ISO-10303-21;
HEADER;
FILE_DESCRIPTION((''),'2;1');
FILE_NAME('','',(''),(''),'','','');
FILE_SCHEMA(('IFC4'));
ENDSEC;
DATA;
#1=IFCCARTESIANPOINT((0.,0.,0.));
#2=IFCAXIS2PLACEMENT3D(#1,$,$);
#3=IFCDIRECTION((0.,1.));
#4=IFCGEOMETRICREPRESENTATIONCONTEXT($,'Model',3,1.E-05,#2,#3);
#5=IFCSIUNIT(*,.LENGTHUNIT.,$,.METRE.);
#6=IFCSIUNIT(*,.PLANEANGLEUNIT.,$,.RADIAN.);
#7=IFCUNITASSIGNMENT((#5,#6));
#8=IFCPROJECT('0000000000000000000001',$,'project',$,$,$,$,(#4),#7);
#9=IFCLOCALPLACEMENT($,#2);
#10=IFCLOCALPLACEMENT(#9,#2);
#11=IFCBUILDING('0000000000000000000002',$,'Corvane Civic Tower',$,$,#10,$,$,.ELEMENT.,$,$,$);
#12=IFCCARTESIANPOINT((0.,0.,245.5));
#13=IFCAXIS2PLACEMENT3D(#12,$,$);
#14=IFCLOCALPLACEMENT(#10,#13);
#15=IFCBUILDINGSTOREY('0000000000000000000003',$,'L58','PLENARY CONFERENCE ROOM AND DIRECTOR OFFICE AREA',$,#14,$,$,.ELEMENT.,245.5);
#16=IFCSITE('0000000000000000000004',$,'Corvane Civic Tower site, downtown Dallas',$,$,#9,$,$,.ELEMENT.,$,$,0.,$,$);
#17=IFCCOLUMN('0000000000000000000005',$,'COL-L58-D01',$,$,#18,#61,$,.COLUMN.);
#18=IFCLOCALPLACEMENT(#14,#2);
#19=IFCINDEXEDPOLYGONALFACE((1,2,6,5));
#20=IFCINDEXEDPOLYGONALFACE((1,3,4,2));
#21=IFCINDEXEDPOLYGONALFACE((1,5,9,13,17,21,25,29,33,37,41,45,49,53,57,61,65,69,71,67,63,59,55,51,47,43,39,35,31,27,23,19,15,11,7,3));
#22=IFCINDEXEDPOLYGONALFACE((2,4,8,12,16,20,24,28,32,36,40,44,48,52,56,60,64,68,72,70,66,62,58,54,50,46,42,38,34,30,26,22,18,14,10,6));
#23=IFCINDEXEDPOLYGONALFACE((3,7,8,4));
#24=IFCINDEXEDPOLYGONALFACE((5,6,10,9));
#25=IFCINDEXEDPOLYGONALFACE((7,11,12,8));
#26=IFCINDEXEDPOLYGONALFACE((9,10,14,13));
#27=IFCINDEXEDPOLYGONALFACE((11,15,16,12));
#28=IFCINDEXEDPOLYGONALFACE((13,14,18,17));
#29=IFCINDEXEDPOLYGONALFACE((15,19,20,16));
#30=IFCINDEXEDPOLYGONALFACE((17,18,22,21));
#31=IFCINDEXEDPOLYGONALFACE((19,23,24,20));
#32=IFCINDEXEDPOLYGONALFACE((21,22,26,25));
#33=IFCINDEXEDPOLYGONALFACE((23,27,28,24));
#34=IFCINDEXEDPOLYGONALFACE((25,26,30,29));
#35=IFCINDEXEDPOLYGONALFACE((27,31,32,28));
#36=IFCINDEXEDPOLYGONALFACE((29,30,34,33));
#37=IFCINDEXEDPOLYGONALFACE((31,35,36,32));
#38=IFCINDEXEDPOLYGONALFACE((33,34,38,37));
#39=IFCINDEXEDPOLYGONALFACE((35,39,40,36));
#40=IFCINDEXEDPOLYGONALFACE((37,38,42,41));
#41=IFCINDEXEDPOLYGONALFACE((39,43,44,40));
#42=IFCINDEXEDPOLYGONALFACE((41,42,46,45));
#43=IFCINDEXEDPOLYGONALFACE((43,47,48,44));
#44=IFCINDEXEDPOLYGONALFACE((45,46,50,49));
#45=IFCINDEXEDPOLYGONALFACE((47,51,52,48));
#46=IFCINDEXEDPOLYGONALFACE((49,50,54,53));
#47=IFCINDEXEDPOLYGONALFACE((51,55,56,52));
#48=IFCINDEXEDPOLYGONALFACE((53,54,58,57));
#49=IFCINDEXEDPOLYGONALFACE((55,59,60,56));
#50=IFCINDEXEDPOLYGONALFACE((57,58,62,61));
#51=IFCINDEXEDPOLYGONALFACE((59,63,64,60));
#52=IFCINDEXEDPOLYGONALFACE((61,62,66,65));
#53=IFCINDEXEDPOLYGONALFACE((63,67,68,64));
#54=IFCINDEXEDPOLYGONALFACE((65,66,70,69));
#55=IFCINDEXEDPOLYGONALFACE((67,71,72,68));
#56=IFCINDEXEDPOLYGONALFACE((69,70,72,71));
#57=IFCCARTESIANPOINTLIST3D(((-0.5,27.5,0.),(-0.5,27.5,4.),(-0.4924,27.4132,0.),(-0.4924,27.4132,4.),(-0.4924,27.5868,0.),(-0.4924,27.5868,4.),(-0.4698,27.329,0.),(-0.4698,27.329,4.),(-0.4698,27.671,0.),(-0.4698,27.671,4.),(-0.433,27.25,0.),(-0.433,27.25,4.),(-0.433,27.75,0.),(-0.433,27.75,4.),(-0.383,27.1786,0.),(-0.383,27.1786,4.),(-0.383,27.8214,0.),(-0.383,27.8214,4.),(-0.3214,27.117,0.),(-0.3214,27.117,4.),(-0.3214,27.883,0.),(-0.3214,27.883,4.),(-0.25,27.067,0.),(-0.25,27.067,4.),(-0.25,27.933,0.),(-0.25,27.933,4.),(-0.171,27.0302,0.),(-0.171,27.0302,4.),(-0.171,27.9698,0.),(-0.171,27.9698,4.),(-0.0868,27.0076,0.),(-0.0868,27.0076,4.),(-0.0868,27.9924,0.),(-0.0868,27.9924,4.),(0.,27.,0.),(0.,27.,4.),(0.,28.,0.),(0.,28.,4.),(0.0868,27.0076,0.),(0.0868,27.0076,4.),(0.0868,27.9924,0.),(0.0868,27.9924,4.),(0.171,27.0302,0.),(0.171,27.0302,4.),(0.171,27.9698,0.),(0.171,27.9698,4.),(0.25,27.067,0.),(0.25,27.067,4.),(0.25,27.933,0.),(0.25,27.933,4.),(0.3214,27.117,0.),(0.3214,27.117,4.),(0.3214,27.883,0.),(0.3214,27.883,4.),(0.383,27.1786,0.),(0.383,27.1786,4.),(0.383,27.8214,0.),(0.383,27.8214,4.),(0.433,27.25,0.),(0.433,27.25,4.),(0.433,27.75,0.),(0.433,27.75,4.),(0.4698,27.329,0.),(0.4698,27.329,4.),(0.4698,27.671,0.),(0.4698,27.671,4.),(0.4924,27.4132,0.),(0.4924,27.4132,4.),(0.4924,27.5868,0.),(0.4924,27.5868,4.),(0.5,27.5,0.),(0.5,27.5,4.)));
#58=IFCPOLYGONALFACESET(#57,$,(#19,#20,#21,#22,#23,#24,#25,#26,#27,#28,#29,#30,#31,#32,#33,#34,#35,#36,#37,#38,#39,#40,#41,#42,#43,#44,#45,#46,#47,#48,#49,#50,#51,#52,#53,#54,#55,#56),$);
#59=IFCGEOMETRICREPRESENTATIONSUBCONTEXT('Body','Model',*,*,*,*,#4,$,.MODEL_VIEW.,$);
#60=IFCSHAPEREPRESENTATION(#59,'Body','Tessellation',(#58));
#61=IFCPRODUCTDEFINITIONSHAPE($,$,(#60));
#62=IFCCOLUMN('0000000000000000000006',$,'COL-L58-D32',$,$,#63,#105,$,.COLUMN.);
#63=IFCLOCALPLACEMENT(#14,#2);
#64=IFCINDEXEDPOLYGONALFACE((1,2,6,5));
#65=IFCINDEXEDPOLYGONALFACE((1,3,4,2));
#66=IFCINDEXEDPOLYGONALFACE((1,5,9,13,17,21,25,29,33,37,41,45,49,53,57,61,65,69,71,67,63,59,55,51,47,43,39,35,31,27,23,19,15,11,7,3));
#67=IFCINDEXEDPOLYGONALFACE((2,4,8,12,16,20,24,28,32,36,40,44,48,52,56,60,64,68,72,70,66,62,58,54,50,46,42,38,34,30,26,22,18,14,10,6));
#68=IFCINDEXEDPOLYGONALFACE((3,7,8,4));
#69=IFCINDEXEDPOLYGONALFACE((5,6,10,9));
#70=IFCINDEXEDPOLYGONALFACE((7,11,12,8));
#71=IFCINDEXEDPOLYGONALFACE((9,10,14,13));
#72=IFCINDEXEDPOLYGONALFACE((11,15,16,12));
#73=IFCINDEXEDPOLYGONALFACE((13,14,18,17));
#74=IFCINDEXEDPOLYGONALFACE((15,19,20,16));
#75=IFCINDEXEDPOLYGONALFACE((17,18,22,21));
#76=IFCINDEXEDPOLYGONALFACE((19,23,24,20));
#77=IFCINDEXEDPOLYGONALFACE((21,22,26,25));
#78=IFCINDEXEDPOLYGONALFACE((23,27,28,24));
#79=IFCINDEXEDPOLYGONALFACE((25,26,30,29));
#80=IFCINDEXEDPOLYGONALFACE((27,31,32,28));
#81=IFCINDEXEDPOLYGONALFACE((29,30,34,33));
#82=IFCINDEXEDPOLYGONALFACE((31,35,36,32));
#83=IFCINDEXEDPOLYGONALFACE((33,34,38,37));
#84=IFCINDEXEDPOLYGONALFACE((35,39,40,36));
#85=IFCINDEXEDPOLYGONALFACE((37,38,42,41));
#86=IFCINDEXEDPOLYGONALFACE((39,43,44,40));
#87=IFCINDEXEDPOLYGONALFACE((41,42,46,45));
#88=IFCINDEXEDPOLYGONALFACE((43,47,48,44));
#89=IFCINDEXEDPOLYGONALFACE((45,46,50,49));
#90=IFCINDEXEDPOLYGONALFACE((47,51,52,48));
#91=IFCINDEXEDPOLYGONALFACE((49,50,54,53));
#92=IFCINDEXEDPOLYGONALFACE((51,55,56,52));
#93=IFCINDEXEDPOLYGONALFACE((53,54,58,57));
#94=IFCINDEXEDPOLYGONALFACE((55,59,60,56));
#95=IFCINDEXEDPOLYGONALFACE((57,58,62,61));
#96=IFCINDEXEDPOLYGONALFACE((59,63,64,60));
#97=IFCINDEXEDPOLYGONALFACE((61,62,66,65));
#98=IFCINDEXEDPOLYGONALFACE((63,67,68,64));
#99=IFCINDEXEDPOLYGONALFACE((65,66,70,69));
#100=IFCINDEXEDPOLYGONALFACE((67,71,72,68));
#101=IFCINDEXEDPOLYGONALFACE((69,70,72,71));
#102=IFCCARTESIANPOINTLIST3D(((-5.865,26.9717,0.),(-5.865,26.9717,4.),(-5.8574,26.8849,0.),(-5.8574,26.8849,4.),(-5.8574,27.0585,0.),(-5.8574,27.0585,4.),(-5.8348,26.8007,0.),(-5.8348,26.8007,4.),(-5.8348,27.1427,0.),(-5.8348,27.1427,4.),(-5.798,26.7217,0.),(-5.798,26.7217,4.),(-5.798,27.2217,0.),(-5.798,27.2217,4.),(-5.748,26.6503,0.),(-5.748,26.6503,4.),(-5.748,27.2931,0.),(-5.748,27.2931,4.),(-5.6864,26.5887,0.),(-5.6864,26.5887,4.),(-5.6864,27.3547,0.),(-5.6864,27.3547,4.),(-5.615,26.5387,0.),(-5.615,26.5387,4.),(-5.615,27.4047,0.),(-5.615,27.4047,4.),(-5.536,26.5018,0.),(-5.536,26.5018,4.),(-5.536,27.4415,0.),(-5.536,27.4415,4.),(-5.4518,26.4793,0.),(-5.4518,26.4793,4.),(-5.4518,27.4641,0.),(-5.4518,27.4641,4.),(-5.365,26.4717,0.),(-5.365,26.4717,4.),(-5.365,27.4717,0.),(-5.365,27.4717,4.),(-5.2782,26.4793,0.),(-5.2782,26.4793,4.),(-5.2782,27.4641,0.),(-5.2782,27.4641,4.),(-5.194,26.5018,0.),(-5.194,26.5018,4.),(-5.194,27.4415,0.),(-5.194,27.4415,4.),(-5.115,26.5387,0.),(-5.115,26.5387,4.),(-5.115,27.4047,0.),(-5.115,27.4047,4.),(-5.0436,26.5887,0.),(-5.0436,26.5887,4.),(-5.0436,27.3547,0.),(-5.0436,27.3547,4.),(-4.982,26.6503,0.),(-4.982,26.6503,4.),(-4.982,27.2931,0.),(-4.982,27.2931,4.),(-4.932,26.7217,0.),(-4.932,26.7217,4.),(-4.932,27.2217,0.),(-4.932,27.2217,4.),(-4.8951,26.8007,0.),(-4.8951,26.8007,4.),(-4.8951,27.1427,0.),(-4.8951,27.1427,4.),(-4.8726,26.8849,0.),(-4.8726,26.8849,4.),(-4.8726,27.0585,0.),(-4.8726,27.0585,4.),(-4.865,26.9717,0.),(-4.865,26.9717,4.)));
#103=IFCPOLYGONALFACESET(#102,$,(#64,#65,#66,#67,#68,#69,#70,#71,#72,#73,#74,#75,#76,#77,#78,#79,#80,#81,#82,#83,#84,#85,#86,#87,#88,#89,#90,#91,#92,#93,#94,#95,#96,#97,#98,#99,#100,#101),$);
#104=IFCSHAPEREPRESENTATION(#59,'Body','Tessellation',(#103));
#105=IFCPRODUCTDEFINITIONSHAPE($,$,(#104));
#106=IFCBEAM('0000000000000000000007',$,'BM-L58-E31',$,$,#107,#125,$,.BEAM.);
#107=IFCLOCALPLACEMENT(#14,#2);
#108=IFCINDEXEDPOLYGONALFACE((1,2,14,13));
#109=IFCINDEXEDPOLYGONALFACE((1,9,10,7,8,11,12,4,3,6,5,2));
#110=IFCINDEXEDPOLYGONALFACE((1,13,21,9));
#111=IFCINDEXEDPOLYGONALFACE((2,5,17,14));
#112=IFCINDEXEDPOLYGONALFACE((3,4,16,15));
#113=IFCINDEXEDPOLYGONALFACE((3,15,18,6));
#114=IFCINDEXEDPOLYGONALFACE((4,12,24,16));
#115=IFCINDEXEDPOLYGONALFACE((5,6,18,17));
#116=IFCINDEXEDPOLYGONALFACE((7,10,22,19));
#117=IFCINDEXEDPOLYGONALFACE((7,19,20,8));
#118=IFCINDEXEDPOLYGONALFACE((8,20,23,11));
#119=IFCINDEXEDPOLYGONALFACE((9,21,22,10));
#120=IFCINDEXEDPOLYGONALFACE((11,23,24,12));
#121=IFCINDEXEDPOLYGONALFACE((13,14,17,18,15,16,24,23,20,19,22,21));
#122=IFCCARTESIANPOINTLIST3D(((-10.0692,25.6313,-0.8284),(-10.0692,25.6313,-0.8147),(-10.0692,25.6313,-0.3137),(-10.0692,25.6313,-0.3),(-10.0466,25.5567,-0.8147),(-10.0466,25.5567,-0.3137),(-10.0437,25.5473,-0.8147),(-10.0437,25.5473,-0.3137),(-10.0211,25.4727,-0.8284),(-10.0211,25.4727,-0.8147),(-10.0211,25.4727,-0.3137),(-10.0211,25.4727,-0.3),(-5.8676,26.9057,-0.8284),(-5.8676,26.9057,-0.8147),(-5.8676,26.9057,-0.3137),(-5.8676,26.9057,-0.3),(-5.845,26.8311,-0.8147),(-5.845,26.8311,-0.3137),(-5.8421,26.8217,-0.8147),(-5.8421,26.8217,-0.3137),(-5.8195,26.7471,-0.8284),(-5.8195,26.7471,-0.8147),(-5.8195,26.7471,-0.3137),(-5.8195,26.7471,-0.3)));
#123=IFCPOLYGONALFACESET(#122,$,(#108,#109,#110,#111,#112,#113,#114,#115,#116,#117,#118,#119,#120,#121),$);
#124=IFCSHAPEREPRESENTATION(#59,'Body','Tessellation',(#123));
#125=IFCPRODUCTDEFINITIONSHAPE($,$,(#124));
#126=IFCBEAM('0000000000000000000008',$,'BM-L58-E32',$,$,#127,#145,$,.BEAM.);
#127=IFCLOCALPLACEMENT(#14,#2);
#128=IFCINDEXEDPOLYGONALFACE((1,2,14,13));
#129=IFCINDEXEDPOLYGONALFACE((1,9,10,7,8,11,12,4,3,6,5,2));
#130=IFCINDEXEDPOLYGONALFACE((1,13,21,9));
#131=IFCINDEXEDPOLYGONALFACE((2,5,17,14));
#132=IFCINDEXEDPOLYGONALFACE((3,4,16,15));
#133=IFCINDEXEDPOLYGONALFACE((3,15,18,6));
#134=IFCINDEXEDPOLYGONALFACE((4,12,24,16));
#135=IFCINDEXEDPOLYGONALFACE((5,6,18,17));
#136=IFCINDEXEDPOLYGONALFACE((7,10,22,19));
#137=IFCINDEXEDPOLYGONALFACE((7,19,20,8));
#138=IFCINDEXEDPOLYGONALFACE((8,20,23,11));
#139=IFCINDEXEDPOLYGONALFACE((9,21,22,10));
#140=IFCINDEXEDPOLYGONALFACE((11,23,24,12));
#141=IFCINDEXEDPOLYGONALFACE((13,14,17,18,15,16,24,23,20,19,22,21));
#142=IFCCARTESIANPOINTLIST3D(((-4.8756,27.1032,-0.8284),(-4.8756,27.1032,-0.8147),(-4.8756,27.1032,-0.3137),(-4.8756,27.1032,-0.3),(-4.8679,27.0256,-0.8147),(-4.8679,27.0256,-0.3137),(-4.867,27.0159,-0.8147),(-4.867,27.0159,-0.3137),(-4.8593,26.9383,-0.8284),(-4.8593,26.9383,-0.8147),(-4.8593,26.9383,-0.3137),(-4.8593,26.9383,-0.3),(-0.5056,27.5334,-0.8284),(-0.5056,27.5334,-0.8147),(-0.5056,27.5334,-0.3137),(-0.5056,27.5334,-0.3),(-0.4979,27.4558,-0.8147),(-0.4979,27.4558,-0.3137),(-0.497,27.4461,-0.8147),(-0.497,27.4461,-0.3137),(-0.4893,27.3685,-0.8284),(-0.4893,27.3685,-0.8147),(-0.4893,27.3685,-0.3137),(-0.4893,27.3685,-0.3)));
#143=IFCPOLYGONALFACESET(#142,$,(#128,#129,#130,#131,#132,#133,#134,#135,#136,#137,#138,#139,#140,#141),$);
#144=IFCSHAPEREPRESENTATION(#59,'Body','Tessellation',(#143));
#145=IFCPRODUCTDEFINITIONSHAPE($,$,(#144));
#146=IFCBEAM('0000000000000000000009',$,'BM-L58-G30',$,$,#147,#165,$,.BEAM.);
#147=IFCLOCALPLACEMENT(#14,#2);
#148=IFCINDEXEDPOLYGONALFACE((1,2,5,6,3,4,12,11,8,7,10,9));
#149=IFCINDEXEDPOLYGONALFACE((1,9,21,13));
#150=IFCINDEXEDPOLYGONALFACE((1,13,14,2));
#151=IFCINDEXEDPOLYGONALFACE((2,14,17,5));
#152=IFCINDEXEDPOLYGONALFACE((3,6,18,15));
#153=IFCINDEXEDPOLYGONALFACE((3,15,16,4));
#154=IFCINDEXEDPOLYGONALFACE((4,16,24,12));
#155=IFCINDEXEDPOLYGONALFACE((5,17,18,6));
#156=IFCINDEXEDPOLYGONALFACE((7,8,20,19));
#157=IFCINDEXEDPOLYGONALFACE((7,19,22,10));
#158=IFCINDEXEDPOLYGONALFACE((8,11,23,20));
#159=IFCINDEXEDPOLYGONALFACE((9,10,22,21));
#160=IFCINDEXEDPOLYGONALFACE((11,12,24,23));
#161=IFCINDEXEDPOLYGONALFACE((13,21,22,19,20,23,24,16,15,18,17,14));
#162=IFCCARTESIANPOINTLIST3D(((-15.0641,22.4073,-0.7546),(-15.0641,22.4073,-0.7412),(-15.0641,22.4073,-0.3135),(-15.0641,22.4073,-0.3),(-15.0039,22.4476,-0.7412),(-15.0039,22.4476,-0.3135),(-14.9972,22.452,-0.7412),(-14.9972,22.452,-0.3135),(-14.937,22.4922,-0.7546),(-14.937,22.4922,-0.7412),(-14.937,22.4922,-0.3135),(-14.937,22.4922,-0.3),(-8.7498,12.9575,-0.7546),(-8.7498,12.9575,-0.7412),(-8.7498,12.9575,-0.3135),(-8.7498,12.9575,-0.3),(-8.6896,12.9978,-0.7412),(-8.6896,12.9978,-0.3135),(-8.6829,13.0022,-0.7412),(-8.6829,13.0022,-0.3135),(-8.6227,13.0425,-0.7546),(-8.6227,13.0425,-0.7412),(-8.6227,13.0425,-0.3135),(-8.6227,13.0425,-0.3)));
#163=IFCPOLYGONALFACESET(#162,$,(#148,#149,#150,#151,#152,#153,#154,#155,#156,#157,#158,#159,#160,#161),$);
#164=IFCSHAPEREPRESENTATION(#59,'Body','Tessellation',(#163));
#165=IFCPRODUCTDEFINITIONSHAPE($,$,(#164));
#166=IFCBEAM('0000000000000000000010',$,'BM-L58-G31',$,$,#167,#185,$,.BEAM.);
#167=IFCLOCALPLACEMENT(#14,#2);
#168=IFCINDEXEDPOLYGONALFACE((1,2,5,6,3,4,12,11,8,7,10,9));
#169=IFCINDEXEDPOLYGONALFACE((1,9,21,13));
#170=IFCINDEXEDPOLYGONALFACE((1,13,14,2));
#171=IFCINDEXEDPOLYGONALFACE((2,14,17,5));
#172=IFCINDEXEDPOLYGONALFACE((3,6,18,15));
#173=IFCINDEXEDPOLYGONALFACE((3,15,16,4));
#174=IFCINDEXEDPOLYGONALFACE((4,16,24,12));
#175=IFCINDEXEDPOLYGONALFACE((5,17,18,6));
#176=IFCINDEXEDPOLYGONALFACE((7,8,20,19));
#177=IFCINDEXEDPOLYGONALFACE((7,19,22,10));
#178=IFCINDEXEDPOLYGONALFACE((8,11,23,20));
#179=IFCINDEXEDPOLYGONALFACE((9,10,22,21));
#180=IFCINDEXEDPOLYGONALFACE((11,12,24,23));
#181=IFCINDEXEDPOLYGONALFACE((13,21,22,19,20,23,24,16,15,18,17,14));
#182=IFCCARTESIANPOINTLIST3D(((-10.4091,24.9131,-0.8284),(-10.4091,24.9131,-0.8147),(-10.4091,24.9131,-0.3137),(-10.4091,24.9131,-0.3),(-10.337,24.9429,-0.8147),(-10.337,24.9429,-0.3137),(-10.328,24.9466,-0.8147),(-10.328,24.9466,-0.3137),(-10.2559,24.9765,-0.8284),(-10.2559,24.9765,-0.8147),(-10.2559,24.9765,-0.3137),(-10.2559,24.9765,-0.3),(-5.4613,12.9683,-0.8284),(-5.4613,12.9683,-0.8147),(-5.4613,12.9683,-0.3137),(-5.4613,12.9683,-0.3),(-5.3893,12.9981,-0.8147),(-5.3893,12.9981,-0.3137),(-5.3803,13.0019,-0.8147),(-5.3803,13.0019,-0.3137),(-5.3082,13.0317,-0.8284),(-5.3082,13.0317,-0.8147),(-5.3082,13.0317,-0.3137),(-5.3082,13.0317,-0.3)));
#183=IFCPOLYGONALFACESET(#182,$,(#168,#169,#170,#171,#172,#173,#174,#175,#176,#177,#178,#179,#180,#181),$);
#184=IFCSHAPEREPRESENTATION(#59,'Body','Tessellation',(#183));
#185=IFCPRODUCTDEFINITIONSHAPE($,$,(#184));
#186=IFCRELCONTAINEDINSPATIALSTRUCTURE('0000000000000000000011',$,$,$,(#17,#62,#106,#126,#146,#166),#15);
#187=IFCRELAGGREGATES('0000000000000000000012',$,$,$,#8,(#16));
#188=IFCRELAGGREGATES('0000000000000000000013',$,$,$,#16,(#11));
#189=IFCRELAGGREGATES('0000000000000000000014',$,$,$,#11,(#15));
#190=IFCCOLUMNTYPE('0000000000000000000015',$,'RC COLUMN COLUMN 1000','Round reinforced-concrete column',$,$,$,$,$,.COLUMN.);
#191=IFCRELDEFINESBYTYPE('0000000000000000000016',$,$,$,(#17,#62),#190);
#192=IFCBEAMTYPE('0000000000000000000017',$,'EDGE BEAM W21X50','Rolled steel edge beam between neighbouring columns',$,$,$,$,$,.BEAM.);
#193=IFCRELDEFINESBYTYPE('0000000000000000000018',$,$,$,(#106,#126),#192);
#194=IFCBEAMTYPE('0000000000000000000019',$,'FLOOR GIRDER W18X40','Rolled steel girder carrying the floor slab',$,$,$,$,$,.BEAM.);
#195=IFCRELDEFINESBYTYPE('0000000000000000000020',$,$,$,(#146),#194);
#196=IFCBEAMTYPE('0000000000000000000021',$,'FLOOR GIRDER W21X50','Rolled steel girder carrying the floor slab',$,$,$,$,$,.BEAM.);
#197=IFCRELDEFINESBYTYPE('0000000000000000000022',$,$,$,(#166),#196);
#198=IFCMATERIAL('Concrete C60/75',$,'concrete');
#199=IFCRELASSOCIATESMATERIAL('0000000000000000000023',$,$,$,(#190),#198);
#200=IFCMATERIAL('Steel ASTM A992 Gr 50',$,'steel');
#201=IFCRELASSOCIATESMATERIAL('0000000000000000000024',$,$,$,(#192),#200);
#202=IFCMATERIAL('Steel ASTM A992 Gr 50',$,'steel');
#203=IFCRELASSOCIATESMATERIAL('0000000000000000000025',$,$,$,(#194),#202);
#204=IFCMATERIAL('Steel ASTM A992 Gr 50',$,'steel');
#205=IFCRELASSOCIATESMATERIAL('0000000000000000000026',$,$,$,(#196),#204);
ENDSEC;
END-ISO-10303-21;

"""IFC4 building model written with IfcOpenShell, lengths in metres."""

from ifc_helpers import new_model, si_unit, direction, frame, origin, origin_2d, place, context, subcontext, project, spatial, circle, i_section, extrude, material, material_profile, profile_set, type_object, element, save


model = new_model("IFC4")

# Units and contexts
model_context = context("Model", 3, precision=1e-05, world=origin(), true_north=direction((0.0, 1.0)))
body_context = subcontext(model_context, "Body", "Model", "MODEL_VIEW")
ifc_project = project(units=[si_unit("LENGTHUNIT", "METRE"), si_unit("PLANEANGLEUNIT", "RADIAN")], contexts=[model_context])

# Site, building, storey
site_placement = place(None, origin())
site = spatial("IfcSite", under=ifc_project, at=site_placement, Name="Corvane Civic Tower site, downtown Dallas", CompositionType="ELEMENT", RefElevation=0.0)
building_placement = place(site_placement, origin())
building = spatial("IfcBuilding", under=site, at=building_placement, Name="Corvane Civic Tower", CompositionType="ELEMENT")
storey_placement = place(building_placement, frame((0.0, 0.0, 245.5)))
storey = spatial("IfcBuildingStorey", under=building, at=storey_placement, Name="L58", Description="PLENARY CONFERENCE ROOM AND DIRECTOR OFFICE AREA", CompositionType="ELEMENT", Elevation=245.5)

# Columns
ifc_material_1 = material(Name="Concrete C60/75", Category="concrete")
ifc_material_profile_1 = material_profile(ifc_material_1, circle(Radius=0.5, at=origin_2d()), Name="COLUMN 1000")
ifc_profile_set_1 = profile_set([ifc_material_profile_1], Name="Concrete C60/75")
column_type = type_object("IfcColumnType", Name="RC COLUMN COLUMN 1000", Description="Round reinforced-concrete column", PredefinedType="COLUMN", material=ifc_profile_set_1)
for number, where, z_axis, x_axis, name in (
    (1, (0.0, 27.5, 0.0), (0.0, 0.0, 1.0), (1.0, 0.0, 0.0), "COL-L58-D01"),
    (2, (-5.365, 26.9717, 0.0), (0.0, 0.0, 1.0), (1.0, 0.0, 0.0), "COL-L58-D32"),
):
    element("IfcColumn", number, at=place(storey_placement, frame(where, z_axis=z_axis, x_axis=x_axis)), inside=storey, type_object=column_type, Name=name, PredefinedType="COLUMN", context=body_context, shape_type="SweptSolid", body=[
        extrude(circle(Radius=0.5, at=origin_2d()), origin(), (0.0, 0.0, 1.0), 4.0),
    ])

# Beams
ifc_material_2 = material(Name="Steel ASTM A992 Gr 50", Category="steel")
ifc_material_profile_2 = material_profile(ifc_material_2, i_section(OverallWidth=0.1658, OverallDepth=0.5283, WebThickness=0.0098, FlangeThickness=0.0137, at=origin_2d()), Name="W21X50")
ifc_profile_set_2 = profile_set([ifc_material_profile_2], Name="Steel ASTM A992 Gr 50")
beam_type_1 = type_object("IfcBeamType", Name="EDGE BEAM W21X50", Description="Rolled steel edge beam between neighbouring columns", PredefinedType="BEAM", material=ifc_profile_set_2)
beam_1_placement = place(storey_placement, frame((-10.0452, 25.552, -0.5642), z_axis=(0.95695, 0.290254, 0.0), x_axis=(-0.290254, 0.95695, 0.0)))
element("IfcBeam", 3, at=beam_1_placement, inside=storey, type_object=beam_type_1, Name="BM-L58-E31", PredefinedType="BEAM", context=body_context, shape_type="SweptSolid", body=[
    extrude(i_section(OverallWidth=0.1658, OverallDepth=0.5283, WebThickness=0.0098, FlangeThickness=0.0137, at=origin_2d()), origin(), (0.0, 0.0, 1.0), 4.3906),
])
beam_2_placement = place(storey_placement, frame((-4.8674, 27.0208, -0.5642), z_axis=(0.99519, 0.097968, 0.0), x_axis=(-0.097968, 0.99519, 0.0)))
element("IfcBeam", 4, at=beam_2_placement, inside=storey, type_object=beam_type_1, Name="BM-L58-E32", PredefinedType="BEAM", context=body_context, shape_type="SweptSolid", body=[
    extrude(i_section(OverallWidth=0.1658, OverallDepth=0.5283, WebThickness=0.0098, FlangeThickness=0.0137, at=origin_2d()), origin(), (0.0, 0.0, 1.0), 4.3911),
])
ifc_material_3 = material(Name="Steel ASTM A992 Gr 50", Category="steel")
ifc_material_profile_3 = material_profile(ifc_material_3, i_section(OverallWidth=0.1528, OverallDepth=0.4546, WebThickness=0.0081, FlangeThickness=0.0134, at=origin_2d()), Name="W18X40")
ifc_profile_set_3 = profile_set([ifc_material_profile_3], Name="Steel ASTM A992 Gr 50")
beam_type_2 = type_object("IfcBeamType", Name="FLOOR GIRDER W18X40", Description="Rolled steel girder carrying the floor slab", PredefinedType="BEAM", material=ifc_profile_set_3)
beam_3_placement = place(storey_placement, frame((-8.6863, 13.0, -0.5273), z_axis=(-0.555577, 0.831465, 0.0), x_axis=(-0.831465, -0.555577, 0.0)))
element("IfcBeam", 5, at=beam_3_placement, inside=storey, type_object=beam_type_2, Name="BM-L58-G30", PredefinedType="BEAM", context=body_context, shape_type="SweptSolid", body=[
    extrude(i_section(OverallWidth=0.1528, OverallDepth=0.4546, WebThickness=0.0081, FlangeThickness=0.0134, at=origin_2d()), origin(), (0.0, 0.0, 1.0), 11.3652),
])
ifc_material_4 = material(Name="Steel ASTM A992 Gr 50", Category="steel")
ifc_material_profile_4 = material_profile(ifc_material_4, i_section(OverallWidth=0.1658, OverallDepth=0.5283, WebThickness=0.0098, FlangeThickness=0.0137, at=origin_2d()), Name="W21X50")
ifc_profile_set_4 = profile_set([ifc_material_profile_4], Name="Steel ASTM A992 Gr 50")
beam_type_3 = type_object("IfcBeamType", Name="FLOOR GIRDER W21X50", Description="Rolled steel girder carrying the floor slab", PredefinedType="BEAM", material=ifc_profile_set_4)
beam_4_placement = place(storey_placement, frame((-5.3848, 13.0, -0.5642), z_axis=(-0.382686, 0.923878, 0.0), x_axis=(-0.923878, -0.382686, 0.0)))
element("IfcBeam", 6, at=beam_4_placement, inside=storey, type_object=beam_type_3, Name="BM-L58-G31", PredefinedType="BEAM", context=body_context, shape_type="SweptSolid", body=[
    extrude(i_section(OverallWidth=0.1658, OverallDepth=0.5283, WebThickness=0.0098, FlangeThickness=0.0137, at=origin_2d()), origin(), (0.0, 0.0, 1.0), 12.929),
])

save(model, "model.ifc")
